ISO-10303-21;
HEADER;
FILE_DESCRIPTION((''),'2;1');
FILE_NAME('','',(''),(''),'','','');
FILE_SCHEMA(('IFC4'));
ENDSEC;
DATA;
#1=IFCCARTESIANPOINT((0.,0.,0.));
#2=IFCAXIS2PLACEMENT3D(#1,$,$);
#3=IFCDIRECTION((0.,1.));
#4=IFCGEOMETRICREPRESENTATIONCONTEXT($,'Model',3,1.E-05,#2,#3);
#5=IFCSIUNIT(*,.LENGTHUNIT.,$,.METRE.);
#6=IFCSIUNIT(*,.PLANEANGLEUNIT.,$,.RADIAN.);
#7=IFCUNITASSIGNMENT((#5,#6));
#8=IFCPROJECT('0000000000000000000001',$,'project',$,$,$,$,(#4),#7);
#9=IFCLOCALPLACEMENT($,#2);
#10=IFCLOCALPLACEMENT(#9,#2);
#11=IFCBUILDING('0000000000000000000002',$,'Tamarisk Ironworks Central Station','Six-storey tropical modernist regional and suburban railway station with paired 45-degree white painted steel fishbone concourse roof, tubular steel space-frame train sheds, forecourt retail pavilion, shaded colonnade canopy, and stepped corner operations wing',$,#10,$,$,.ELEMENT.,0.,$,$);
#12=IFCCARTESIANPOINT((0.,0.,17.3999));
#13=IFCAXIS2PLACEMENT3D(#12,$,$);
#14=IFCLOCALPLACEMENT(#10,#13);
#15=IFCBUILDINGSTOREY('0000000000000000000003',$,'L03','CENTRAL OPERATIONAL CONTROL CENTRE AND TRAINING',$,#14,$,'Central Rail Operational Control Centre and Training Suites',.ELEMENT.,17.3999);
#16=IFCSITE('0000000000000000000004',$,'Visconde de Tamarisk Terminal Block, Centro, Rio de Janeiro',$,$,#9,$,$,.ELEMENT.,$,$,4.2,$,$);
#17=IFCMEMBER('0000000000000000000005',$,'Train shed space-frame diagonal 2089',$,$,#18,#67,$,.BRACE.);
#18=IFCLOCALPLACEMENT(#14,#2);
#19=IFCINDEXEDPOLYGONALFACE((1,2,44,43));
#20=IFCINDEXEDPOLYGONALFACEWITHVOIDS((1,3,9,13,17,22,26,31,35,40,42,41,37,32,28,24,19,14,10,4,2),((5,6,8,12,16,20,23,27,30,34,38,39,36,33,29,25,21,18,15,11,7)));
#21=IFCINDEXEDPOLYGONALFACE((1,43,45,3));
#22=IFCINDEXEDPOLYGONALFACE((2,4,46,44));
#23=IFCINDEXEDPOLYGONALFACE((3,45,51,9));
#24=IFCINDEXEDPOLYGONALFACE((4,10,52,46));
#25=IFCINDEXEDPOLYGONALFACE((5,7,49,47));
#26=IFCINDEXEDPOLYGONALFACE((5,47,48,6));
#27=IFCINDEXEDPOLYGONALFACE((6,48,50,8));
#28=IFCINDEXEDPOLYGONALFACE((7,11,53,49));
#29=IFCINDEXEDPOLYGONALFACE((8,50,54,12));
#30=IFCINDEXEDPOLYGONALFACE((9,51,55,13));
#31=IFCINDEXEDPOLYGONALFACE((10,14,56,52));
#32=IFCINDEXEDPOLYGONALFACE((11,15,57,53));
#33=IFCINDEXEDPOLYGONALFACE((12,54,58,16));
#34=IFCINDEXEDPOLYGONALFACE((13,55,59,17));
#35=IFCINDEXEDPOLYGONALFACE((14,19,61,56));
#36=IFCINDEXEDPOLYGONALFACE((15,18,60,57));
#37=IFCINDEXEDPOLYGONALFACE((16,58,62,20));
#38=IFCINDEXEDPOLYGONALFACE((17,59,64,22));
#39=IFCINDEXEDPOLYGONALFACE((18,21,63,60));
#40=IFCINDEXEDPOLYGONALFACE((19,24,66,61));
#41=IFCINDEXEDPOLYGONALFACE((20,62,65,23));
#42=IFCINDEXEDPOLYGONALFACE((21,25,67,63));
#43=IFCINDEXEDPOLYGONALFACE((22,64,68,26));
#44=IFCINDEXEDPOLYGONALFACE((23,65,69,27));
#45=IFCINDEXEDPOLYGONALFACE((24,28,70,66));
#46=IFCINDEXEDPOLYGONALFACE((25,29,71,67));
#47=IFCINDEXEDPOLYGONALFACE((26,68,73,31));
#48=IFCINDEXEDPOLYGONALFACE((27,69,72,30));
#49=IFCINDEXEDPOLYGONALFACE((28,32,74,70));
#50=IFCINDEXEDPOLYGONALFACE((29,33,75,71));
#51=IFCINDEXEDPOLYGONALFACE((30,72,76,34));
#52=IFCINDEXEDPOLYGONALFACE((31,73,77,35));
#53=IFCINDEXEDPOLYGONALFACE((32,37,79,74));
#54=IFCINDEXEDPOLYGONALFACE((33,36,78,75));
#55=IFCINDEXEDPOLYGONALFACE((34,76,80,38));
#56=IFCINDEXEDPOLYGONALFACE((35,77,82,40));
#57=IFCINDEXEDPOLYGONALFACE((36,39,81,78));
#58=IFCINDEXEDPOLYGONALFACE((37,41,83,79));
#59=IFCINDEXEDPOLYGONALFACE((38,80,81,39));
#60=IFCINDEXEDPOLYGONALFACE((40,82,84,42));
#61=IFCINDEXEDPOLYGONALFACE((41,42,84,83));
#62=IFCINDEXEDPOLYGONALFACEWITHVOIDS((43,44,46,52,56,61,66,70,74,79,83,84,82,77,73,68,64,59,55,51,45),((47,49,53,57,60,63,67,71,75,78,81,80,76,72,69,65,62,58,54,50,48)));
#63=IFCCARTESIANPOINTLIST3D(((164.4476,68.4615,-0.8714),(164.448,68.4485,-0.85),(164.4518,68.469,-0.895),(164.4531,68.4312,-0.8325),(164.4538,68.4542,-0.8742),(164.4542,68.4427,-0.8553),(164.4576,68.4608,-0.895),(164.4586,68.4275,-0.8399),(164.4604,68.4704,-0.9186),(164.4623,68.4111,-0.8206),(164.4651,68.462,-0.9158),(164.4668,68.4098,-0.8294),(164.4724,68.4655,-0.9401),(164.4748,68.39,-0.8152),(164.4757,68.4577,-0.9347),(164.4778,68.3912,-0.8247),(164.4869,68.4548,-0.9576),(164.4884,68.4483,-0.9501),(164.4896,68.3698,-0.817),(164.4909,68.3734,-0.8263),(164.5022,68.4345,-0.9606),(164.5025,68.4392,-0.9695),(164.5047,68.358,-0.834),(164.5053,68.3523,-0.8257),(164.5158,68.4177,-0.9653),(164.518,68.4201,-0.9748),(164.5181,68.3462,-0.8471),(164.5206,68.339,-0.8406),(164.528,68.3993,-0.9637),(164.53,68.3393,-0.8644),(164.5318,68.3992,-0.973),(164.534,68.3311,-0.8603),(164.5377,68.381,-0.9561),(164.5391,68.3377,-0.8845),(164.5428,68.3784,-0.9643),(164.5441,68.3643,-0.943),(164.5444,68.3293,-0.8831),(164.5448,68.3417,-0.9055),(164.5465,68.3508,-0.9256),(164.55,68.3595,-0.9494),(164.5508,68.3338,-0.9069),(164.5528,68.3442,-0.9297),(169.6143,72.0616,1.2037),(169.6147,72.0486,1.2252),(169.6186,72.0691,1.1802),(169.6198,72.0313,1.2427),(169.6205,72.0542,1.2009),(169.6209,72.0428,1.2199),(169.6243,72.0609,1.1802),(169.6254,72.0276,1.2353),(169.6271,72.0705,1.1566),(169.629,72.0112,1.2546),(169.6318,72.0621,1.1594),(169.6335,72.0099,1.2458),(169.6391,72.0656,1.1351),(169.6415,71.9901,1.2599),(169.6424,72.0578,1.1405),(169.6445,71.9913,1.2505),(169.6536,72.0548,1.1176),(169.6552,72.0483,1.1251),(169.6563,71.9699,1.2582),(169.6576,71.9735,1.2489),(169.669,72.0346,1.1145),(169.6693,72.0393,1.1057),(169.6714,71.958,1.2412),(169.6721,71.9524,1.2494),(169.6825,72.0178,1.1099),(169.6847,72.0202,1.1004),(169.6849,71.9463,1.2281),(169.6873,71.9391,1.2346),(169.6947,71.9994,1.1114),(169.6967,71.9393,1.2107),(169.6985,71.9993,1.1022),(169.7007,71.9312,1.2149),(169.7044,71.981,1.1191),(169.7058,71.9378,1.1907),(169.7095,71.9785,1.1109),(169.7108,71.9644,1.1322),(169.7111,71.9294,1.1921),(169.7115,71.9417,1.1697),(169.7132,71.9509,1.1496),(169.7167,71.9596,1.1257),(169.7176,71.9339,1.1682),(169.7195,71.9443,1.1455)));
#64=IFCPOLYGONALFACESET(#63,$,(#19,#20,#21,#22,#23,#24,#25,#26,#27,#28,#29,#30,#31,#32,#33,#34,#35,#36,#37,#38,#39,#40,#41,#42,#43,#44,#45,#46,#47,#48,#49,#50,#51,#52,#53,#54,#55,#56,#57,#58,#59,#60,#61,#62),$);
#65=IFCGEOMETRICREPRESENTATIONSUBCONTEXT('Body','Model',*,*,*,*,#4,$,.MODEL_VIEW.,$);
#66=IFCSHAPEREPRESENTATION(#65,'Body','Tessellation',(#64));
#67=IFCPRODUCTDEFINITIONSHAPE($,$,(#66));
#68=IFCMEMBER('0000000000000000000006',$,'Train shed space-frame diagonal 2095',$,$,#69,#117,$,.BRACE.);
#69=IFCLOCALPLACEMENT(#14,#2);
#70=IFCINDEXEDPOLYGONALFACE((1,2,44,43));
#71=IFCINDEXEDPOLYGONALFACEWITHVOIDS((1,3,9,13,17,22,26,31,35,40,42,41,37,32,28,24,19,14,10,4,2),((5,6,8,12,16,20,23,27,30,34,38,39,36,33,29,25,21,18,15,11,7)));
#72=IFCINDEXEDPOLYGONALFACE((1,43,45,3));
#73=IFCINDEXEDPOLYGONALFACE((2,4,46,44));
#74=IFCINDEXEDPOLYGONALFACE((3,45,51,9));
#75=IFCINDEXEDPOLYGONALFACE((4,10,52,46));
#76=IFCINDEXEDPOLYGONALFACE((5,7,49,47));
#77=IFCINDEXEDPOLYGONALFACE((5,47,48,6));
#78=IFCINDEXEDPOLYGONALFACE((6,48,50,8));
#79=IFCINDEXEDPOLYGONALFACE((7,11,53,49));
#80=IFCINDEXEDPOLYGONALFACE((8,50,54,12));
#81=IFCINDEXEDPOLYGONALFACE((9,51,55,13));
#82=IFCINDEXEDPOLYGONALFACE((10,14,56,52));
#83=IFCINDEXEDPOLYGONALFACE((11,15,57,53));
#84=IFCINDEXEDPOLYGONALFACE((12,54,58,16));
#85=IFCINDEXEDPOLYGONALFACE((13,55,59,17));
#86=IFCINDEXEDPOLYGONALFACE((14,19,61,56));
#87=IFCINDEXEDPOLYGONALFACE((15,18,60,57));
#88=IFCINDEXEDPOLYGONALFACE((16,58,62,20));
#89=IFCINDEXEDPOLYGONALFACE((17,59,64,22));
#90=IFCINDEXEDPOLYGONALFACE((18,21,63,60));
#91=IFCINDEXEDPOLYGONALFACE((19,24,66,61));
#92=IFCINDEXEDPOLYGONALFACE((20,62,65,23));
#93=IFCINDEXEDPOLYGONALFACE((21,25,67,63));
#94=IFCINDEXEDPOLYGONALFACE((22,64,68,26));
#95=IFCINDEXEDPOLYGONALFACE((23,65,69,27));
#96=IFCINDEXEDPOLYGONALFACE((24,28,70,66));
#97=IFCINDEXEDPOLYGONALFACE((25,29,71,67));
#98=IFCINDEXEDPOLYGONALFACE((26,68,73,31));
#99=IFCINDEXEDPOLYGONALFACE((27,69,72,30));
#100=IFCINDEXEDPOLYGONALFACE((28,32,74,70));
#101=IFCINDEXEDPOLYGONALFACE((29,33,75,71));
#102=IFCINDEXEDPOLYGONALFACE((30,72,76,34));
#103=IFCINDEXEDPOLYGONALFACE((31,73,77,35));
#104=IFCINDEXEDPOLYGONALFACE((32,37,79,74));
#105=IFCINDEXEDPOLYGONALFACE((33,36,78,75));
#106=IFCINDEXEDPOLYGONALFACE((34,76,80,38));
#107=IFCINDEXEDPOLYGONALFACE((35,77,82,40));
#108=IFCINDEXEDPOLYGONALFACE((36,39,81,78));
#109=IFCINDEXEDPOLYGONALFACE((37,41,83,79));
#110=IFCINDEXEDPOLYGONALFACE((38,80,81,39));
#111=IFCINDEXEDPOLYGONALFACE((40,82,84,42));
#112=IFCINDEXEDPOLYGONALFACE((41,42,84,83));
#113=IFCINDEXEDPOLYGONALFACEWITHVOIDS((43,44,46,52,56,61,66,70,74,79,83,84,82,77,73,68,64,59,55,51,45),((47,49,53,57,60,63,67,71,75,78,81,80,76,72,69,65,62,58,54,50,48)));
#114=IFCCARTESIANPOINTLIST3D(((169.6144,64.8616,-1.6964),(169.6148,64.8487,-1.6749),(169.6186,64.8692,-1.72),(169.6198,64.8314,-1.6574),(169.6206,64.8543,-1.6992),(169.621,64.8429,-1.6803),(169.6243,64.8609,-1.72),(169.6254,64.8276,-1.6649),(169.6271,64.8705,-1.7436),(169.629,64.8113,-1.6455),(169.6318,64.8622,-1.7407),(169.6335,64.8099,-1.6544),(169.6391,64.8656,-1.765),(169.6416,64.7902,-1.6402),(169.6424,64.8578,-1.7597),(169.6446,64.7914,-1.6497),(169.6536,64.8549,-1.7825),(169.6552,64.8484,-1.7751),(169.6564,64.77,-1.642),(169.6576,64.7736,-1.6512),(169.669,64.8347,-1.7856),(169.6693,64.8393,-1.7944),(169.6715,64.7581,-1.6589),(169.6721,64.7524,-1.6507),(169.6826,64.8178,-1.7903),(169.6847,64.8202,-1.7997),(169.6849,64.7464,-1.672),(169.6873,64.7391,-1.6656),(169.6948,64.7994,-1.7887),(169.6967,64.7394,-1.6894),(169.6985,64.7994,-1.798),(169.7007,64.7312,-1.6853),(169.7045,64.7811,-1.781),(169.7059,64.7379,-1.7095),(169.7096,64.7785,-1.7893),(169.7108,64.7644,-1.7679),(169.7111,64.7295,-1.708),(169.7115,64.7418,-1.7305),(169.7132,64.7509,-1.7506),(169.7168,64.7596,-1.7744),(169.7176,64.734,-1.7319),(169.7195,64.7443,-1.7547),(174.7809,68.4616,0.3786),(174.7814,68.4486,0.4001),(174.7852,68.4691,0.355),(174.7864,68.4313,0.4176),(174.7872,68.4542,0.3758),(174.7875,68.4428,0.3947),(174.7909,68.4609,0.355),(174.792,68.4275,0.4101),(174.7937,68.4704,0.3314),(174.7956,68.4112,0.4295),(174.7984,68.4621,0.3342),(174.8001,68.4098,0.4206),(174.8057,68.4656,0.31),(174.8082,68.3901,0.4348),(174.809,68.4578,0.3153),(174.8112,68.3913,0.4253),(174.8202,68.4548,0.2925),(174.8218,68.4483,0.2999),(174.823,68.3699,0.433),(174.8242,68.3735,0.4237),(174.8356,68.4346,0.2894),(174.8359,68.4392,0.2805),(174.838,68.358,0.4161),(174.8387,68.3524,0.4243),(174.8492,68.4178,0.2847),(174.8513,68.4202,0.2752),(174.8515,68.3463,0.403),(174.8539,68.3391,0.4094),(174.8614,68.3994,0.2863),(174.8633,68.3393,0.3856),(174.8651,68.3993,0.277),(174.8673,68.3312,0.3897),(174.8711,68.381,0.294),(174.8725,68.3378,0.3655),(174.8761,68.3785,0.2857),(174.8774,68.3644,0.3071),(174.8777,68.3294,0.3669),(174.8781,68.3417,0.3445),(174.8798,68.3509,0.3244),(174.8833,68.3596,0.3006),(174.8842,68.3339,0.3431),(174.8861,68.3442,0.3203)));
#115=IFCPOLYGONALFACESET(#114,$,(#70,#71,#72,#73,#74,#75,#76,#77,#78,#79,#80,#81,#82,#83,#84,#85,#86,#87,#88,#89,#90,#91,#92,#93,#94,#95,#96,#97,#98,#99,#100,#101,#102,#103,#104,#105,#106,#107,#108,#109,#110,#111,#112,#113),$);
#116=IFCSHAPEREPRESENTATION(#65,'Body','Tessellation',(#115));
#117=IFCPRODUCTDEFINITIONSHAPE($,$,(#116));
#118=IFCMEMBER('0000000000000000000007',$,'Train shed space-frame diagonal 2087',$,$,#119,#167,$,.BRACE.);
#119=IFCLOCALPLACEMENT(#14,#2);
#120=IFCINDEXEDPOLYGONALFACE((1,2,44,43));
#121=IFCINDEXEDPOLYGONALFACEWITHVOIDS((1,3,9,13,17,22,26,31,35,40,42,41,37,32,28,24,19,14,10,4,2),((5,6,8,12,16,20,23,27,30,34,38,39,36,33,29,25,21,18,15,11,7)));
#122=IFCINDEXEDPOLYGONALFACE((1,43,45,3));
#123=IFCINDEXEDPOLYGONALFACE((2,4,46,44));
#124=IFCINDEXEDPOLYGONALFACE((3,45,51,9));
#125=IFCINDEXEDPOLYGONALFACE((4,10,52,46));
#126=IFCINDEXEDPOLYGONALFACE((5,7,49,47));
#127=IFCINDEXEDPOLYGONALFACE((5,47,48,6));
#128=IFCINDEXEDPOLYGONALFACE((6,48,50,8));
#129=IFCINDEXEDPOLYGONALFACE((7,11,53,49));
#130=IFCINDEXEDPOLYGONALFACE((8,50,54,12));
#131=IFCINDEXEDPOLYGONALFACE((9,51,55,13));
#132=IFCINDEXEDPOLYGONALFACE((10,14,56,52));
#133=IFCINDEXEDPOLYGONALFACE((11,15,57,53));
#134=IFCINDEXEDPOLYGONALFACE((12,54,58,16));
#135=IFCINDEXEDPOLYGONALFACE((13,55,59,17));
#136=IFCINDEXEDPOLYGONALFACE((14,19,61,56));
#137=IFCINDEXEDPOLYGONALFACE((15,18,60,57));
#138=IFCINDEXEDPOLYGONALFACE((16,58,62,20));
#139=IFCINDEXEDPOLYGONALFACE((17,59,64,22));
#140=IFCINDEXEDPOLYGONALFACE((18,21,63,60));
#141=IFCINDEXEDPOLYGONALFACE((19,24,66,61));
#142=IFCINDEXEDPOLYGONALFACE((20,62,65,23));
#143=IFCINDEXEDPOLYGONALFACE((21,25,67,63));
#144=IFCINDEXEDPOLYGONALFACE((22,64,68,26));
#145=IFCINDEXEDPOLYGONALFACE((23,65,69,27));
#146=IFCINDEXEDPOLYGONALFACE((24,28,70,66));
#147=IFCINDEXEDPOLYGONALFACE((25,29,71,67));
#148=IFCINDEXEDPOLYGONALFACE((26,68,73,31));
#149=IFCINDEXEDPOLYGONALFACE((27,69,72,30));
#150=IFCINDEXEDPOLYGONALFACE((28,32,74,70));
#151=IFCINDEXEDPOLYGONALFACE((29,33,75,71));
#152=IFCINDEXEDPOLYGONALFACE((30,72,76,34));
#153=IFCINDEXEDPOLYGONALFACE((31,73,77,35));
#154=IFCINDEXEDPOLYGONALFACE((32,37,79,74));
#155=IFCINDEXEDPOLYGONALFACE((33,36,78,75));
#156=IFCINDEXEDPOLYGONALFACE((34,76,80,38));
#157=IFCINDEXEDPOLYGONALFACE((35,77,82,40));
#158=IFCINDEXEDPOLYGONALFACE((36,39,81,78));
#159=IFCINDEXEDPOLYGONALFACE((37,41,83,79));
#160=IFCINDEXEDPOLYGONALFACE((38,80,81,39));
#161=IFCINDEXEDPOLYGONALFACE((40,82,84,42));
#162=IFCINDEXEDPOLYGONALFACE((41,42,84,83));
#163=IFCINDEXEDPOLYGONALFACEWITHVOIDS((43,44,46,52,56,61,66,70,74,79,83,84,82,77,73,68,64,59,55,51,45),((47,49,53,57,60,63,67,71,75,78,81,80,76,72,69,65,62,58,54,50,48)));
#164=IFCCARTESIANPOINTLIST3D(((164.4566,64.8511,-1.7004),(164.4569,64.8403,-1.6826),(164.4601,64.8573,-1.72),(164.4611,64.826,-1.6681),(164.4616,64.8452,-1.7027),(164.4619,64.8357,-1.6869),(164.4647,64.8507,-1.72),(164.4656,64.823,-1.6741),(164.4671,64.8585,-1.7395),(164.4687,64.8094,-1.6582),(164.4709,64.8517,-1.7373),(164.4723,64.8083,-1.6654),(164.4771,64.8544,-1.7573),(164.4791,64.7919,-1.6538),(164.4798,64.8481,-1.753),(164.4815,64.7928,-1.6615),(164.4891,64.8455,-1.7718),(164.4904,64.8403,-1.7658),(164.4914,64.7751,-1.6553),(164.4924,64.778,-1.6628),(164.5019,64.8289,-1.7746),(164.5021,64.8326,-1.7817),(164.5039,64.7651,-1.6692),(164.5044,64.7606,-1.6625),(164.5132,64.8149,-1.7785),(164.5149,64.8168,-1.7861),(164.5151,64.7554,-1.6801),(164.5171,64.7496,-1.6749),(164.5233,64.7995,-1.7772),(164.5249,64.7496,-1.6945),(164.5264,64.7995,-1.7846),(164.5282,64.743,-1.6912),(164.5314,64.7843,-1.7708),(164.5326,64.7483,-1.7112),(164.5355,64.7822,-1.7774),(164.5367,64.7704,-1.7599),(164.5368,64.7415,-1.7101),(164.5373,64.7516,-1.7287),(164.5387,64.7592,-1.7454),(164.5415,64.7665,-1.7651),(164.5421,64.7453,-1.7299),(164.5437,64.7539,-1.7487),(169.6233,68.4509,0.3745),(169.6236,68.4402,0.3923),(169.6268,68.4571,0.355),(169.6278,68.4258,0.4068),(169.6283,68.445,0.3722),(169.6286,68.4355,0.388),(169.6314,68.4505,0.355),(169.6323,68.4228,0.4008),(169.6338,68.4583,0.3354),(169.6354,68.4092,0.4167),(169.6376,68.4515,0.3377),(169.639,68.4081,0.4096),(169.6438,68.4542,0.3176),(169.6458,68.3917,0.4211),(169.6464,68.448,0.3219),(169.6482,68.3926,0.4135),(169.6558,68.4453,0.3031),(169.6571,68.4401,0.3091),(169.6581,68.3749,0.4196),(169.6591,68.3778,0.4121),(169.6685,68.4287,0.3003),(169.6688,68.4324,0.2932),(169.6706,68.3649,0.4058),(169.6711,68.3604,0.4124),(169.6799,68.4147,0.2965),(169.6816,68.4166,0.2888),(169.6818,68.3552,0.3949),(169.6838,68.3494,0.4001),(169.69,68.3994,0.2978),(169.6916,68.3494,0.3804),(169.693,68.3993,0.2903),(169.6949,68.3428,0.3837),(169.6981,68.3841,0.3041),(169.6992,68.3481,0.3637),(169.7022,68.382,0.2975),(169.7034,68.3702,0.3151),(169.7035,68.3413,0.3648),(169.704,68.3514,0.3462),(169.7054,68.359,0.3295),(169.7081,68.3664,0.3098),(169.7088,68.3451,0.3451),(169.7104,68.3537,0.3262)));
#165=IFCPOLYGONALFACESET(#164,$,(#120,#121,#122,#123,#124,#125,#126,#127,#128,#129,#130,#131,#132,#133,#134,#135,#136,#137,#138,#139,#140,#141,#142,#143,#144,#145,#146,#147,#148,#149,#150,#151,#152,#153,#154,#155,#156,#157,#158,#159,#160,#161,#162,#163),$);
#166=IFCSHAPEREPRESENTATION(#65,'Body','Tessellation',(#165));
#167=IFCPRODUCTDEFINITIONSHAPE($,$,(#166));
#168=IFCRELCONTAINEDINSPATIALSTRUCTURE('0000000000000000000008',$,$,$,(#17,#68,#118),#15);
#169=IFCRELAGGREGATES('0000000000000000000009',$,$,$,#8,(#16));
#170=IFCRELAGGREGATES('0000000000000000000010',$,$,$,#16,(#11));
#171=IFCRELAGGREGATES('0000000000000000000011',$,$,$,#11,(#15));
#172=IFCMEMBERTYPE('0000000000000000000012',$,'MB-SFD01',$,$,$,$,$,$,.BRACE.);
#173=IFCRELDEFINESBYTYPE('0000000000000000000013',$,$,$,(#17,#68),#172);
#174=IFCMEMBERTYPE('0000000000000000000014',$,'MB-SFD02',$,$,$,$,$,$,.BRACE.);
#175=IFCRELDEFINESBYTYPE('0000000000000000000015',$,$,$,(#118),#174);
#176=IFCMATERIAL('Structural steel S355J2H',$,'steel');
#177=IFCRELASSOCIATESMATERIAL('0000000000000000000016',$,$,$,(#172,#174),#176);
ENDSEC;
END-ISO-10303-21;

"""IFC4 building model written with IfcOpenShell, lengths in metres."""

from ifc_helpers import new_model, si_unit, direction, frame, origin, origin_2d, place, context, subcontext, project, spatial, hollow_circle, extrude, material, material_profile, profile_set, type_object, element, save


model = new_model("IFC4")

# Units and contexts
model_context = context("Model", 3, precision=1e-05, world=origin(), true_north=direction((0.0, 1.0)))
body_context = subcontext(model_context, "Body", "Model", "MODEL_VIEW")
ifc_project = project(units=[si_unit("LENGTHUNIT", "METRE"), si_unit("PLANEANGLEUNIT", "RADIAN")], contexts=[model_context])

# Site, building, storey
site_placement = place(None, origin())
site = spatial("IfcSite", under=ifc_project, at=site_placement, Name="Visconde de Tamarisk Terminal Block, Centro, Rio de Janeiro", CompositionType="ELEMENT", RefElevation=4.2)
building_placement = place(site_placement, origin())
building = spatial("IfcBuilding", under=site, at=building_placement, Name="Tamarisk Ironworks Central Station", Description="Six-storey tropical modernist regional and suburban railway station with paired 45-degree white painted steel fishbone concourse roof, tubular steel space-frame train sheds, forecourt retail pavilion, shaded colonnade canopy, and stepped corner operations wing", CompositionType="ELEMENT", ElevationOfRefHeight=0.0)
storey_placement = place(building_placement, frame((0.0, 0.0, 17.3999)))
storey = spatial("IfcBuildingStorey", under=building, at=storey_placement, Name="L03", Description="CENTRAL OPERATIONAL CONTROL CENTRE AND TRAINING", LongName="Central Rail Operational Control Centre and Training Suites", CompositionType="ELEMENT", Elevation=17.3999)

# Members
ifc_material_1 = material(Name="Structural steel S355J2H", Category="steel")
ifc_material_profile_1 = material_profile(ifc_material_1, hollow_circle(Radius=0.0842, WallThickness=0.01, at=origin_2d()), Name="CHS 168.3x10")
ifc_profile_set_1 = profile_set([ifc_material_profile_1], Name="Structural steel S355J2H")
member_type_1 = type_object("IfcMemberType", Name="MB-SFD01", PredefinedType="BRACE", material=ifc_profile_set_1)
member_1_placement = place(storey_placement, frame((164.5, 68.3999, -0.895), z_axis=(0.779249, 0.542967, 0.312981), x_axis=(-0.571689, 0.82047, 0.0)))
element("IfcMember", 1, at=member_1_placement, inside=storey, type_object=member_type_1, Name="Train shed space-frame diagonal 2089", PredefinedType="BRACE", context=body_context, shape_type="SweptSolid", body=[
    extrude(hollow_circle(Radius=0.0842, WallThickness=0.01, at=origin_2d()), origin(), (0.0, 0.0, 1.0), 6.6304),
])
member_2_placement = place(storey_placement, frame((169.6667, 64.8, -1.72), z_axis=(0.779259, 0.542963, 0.312963), x_axis=(-0.571681, 0.820476, 0.0)))
element("IfcMember", 2, at=member_2_placement, inside=storey, type_object=member_type_1, Name="Train shed space-frame diagonal 2095", PredefinedType="BRACE", context=body_context, shape_type="SweptSolid", body=[
    extrude(hollow_circle(Radius=0.0842, WallThickness=0.01, at=origin_2d()), origin(), (0.0, 0.0, 1.0), 6.6301),
])
ifc_material_profile_2 = material_profile(ifc_material_1, hollow_circle(Radius=0.0698, WallThickness=0.0081, at=origin_2d()), Name="CHS 139.7x8")
ifc_profile_set_2 = profile_set([ifc_material_profile_2], Name="Structural steel S355J2H")
member_type_2 = type_object("IfcMemberType", Name="MB-SFD02", PredefinedType="BRACE", material=ifc_profile_set_2)
member_3_placement = place(storey_placement, frame((164.5, 64.8, -1.72), z_axis=(0.779274, 0.542947, 0.312954), x_axis=(-0.571663, 0.820489, 0.0)))
element("IfcMember", 3, at=member_3_placement, inside=storey, type_object=member_type_2, Name="Train shed space-frame diagonal 2087", PredefinedType="BRACE", context=body_context, shape_type="SweptSolid", body=[
    extrude(hollow_circle(Radius=0.0698, WallThickness=0.0081, at=origin_2d()), origin(), (0.0, 0.0, 1.0), 6.6301),
])

save(model, "model.ifc")
